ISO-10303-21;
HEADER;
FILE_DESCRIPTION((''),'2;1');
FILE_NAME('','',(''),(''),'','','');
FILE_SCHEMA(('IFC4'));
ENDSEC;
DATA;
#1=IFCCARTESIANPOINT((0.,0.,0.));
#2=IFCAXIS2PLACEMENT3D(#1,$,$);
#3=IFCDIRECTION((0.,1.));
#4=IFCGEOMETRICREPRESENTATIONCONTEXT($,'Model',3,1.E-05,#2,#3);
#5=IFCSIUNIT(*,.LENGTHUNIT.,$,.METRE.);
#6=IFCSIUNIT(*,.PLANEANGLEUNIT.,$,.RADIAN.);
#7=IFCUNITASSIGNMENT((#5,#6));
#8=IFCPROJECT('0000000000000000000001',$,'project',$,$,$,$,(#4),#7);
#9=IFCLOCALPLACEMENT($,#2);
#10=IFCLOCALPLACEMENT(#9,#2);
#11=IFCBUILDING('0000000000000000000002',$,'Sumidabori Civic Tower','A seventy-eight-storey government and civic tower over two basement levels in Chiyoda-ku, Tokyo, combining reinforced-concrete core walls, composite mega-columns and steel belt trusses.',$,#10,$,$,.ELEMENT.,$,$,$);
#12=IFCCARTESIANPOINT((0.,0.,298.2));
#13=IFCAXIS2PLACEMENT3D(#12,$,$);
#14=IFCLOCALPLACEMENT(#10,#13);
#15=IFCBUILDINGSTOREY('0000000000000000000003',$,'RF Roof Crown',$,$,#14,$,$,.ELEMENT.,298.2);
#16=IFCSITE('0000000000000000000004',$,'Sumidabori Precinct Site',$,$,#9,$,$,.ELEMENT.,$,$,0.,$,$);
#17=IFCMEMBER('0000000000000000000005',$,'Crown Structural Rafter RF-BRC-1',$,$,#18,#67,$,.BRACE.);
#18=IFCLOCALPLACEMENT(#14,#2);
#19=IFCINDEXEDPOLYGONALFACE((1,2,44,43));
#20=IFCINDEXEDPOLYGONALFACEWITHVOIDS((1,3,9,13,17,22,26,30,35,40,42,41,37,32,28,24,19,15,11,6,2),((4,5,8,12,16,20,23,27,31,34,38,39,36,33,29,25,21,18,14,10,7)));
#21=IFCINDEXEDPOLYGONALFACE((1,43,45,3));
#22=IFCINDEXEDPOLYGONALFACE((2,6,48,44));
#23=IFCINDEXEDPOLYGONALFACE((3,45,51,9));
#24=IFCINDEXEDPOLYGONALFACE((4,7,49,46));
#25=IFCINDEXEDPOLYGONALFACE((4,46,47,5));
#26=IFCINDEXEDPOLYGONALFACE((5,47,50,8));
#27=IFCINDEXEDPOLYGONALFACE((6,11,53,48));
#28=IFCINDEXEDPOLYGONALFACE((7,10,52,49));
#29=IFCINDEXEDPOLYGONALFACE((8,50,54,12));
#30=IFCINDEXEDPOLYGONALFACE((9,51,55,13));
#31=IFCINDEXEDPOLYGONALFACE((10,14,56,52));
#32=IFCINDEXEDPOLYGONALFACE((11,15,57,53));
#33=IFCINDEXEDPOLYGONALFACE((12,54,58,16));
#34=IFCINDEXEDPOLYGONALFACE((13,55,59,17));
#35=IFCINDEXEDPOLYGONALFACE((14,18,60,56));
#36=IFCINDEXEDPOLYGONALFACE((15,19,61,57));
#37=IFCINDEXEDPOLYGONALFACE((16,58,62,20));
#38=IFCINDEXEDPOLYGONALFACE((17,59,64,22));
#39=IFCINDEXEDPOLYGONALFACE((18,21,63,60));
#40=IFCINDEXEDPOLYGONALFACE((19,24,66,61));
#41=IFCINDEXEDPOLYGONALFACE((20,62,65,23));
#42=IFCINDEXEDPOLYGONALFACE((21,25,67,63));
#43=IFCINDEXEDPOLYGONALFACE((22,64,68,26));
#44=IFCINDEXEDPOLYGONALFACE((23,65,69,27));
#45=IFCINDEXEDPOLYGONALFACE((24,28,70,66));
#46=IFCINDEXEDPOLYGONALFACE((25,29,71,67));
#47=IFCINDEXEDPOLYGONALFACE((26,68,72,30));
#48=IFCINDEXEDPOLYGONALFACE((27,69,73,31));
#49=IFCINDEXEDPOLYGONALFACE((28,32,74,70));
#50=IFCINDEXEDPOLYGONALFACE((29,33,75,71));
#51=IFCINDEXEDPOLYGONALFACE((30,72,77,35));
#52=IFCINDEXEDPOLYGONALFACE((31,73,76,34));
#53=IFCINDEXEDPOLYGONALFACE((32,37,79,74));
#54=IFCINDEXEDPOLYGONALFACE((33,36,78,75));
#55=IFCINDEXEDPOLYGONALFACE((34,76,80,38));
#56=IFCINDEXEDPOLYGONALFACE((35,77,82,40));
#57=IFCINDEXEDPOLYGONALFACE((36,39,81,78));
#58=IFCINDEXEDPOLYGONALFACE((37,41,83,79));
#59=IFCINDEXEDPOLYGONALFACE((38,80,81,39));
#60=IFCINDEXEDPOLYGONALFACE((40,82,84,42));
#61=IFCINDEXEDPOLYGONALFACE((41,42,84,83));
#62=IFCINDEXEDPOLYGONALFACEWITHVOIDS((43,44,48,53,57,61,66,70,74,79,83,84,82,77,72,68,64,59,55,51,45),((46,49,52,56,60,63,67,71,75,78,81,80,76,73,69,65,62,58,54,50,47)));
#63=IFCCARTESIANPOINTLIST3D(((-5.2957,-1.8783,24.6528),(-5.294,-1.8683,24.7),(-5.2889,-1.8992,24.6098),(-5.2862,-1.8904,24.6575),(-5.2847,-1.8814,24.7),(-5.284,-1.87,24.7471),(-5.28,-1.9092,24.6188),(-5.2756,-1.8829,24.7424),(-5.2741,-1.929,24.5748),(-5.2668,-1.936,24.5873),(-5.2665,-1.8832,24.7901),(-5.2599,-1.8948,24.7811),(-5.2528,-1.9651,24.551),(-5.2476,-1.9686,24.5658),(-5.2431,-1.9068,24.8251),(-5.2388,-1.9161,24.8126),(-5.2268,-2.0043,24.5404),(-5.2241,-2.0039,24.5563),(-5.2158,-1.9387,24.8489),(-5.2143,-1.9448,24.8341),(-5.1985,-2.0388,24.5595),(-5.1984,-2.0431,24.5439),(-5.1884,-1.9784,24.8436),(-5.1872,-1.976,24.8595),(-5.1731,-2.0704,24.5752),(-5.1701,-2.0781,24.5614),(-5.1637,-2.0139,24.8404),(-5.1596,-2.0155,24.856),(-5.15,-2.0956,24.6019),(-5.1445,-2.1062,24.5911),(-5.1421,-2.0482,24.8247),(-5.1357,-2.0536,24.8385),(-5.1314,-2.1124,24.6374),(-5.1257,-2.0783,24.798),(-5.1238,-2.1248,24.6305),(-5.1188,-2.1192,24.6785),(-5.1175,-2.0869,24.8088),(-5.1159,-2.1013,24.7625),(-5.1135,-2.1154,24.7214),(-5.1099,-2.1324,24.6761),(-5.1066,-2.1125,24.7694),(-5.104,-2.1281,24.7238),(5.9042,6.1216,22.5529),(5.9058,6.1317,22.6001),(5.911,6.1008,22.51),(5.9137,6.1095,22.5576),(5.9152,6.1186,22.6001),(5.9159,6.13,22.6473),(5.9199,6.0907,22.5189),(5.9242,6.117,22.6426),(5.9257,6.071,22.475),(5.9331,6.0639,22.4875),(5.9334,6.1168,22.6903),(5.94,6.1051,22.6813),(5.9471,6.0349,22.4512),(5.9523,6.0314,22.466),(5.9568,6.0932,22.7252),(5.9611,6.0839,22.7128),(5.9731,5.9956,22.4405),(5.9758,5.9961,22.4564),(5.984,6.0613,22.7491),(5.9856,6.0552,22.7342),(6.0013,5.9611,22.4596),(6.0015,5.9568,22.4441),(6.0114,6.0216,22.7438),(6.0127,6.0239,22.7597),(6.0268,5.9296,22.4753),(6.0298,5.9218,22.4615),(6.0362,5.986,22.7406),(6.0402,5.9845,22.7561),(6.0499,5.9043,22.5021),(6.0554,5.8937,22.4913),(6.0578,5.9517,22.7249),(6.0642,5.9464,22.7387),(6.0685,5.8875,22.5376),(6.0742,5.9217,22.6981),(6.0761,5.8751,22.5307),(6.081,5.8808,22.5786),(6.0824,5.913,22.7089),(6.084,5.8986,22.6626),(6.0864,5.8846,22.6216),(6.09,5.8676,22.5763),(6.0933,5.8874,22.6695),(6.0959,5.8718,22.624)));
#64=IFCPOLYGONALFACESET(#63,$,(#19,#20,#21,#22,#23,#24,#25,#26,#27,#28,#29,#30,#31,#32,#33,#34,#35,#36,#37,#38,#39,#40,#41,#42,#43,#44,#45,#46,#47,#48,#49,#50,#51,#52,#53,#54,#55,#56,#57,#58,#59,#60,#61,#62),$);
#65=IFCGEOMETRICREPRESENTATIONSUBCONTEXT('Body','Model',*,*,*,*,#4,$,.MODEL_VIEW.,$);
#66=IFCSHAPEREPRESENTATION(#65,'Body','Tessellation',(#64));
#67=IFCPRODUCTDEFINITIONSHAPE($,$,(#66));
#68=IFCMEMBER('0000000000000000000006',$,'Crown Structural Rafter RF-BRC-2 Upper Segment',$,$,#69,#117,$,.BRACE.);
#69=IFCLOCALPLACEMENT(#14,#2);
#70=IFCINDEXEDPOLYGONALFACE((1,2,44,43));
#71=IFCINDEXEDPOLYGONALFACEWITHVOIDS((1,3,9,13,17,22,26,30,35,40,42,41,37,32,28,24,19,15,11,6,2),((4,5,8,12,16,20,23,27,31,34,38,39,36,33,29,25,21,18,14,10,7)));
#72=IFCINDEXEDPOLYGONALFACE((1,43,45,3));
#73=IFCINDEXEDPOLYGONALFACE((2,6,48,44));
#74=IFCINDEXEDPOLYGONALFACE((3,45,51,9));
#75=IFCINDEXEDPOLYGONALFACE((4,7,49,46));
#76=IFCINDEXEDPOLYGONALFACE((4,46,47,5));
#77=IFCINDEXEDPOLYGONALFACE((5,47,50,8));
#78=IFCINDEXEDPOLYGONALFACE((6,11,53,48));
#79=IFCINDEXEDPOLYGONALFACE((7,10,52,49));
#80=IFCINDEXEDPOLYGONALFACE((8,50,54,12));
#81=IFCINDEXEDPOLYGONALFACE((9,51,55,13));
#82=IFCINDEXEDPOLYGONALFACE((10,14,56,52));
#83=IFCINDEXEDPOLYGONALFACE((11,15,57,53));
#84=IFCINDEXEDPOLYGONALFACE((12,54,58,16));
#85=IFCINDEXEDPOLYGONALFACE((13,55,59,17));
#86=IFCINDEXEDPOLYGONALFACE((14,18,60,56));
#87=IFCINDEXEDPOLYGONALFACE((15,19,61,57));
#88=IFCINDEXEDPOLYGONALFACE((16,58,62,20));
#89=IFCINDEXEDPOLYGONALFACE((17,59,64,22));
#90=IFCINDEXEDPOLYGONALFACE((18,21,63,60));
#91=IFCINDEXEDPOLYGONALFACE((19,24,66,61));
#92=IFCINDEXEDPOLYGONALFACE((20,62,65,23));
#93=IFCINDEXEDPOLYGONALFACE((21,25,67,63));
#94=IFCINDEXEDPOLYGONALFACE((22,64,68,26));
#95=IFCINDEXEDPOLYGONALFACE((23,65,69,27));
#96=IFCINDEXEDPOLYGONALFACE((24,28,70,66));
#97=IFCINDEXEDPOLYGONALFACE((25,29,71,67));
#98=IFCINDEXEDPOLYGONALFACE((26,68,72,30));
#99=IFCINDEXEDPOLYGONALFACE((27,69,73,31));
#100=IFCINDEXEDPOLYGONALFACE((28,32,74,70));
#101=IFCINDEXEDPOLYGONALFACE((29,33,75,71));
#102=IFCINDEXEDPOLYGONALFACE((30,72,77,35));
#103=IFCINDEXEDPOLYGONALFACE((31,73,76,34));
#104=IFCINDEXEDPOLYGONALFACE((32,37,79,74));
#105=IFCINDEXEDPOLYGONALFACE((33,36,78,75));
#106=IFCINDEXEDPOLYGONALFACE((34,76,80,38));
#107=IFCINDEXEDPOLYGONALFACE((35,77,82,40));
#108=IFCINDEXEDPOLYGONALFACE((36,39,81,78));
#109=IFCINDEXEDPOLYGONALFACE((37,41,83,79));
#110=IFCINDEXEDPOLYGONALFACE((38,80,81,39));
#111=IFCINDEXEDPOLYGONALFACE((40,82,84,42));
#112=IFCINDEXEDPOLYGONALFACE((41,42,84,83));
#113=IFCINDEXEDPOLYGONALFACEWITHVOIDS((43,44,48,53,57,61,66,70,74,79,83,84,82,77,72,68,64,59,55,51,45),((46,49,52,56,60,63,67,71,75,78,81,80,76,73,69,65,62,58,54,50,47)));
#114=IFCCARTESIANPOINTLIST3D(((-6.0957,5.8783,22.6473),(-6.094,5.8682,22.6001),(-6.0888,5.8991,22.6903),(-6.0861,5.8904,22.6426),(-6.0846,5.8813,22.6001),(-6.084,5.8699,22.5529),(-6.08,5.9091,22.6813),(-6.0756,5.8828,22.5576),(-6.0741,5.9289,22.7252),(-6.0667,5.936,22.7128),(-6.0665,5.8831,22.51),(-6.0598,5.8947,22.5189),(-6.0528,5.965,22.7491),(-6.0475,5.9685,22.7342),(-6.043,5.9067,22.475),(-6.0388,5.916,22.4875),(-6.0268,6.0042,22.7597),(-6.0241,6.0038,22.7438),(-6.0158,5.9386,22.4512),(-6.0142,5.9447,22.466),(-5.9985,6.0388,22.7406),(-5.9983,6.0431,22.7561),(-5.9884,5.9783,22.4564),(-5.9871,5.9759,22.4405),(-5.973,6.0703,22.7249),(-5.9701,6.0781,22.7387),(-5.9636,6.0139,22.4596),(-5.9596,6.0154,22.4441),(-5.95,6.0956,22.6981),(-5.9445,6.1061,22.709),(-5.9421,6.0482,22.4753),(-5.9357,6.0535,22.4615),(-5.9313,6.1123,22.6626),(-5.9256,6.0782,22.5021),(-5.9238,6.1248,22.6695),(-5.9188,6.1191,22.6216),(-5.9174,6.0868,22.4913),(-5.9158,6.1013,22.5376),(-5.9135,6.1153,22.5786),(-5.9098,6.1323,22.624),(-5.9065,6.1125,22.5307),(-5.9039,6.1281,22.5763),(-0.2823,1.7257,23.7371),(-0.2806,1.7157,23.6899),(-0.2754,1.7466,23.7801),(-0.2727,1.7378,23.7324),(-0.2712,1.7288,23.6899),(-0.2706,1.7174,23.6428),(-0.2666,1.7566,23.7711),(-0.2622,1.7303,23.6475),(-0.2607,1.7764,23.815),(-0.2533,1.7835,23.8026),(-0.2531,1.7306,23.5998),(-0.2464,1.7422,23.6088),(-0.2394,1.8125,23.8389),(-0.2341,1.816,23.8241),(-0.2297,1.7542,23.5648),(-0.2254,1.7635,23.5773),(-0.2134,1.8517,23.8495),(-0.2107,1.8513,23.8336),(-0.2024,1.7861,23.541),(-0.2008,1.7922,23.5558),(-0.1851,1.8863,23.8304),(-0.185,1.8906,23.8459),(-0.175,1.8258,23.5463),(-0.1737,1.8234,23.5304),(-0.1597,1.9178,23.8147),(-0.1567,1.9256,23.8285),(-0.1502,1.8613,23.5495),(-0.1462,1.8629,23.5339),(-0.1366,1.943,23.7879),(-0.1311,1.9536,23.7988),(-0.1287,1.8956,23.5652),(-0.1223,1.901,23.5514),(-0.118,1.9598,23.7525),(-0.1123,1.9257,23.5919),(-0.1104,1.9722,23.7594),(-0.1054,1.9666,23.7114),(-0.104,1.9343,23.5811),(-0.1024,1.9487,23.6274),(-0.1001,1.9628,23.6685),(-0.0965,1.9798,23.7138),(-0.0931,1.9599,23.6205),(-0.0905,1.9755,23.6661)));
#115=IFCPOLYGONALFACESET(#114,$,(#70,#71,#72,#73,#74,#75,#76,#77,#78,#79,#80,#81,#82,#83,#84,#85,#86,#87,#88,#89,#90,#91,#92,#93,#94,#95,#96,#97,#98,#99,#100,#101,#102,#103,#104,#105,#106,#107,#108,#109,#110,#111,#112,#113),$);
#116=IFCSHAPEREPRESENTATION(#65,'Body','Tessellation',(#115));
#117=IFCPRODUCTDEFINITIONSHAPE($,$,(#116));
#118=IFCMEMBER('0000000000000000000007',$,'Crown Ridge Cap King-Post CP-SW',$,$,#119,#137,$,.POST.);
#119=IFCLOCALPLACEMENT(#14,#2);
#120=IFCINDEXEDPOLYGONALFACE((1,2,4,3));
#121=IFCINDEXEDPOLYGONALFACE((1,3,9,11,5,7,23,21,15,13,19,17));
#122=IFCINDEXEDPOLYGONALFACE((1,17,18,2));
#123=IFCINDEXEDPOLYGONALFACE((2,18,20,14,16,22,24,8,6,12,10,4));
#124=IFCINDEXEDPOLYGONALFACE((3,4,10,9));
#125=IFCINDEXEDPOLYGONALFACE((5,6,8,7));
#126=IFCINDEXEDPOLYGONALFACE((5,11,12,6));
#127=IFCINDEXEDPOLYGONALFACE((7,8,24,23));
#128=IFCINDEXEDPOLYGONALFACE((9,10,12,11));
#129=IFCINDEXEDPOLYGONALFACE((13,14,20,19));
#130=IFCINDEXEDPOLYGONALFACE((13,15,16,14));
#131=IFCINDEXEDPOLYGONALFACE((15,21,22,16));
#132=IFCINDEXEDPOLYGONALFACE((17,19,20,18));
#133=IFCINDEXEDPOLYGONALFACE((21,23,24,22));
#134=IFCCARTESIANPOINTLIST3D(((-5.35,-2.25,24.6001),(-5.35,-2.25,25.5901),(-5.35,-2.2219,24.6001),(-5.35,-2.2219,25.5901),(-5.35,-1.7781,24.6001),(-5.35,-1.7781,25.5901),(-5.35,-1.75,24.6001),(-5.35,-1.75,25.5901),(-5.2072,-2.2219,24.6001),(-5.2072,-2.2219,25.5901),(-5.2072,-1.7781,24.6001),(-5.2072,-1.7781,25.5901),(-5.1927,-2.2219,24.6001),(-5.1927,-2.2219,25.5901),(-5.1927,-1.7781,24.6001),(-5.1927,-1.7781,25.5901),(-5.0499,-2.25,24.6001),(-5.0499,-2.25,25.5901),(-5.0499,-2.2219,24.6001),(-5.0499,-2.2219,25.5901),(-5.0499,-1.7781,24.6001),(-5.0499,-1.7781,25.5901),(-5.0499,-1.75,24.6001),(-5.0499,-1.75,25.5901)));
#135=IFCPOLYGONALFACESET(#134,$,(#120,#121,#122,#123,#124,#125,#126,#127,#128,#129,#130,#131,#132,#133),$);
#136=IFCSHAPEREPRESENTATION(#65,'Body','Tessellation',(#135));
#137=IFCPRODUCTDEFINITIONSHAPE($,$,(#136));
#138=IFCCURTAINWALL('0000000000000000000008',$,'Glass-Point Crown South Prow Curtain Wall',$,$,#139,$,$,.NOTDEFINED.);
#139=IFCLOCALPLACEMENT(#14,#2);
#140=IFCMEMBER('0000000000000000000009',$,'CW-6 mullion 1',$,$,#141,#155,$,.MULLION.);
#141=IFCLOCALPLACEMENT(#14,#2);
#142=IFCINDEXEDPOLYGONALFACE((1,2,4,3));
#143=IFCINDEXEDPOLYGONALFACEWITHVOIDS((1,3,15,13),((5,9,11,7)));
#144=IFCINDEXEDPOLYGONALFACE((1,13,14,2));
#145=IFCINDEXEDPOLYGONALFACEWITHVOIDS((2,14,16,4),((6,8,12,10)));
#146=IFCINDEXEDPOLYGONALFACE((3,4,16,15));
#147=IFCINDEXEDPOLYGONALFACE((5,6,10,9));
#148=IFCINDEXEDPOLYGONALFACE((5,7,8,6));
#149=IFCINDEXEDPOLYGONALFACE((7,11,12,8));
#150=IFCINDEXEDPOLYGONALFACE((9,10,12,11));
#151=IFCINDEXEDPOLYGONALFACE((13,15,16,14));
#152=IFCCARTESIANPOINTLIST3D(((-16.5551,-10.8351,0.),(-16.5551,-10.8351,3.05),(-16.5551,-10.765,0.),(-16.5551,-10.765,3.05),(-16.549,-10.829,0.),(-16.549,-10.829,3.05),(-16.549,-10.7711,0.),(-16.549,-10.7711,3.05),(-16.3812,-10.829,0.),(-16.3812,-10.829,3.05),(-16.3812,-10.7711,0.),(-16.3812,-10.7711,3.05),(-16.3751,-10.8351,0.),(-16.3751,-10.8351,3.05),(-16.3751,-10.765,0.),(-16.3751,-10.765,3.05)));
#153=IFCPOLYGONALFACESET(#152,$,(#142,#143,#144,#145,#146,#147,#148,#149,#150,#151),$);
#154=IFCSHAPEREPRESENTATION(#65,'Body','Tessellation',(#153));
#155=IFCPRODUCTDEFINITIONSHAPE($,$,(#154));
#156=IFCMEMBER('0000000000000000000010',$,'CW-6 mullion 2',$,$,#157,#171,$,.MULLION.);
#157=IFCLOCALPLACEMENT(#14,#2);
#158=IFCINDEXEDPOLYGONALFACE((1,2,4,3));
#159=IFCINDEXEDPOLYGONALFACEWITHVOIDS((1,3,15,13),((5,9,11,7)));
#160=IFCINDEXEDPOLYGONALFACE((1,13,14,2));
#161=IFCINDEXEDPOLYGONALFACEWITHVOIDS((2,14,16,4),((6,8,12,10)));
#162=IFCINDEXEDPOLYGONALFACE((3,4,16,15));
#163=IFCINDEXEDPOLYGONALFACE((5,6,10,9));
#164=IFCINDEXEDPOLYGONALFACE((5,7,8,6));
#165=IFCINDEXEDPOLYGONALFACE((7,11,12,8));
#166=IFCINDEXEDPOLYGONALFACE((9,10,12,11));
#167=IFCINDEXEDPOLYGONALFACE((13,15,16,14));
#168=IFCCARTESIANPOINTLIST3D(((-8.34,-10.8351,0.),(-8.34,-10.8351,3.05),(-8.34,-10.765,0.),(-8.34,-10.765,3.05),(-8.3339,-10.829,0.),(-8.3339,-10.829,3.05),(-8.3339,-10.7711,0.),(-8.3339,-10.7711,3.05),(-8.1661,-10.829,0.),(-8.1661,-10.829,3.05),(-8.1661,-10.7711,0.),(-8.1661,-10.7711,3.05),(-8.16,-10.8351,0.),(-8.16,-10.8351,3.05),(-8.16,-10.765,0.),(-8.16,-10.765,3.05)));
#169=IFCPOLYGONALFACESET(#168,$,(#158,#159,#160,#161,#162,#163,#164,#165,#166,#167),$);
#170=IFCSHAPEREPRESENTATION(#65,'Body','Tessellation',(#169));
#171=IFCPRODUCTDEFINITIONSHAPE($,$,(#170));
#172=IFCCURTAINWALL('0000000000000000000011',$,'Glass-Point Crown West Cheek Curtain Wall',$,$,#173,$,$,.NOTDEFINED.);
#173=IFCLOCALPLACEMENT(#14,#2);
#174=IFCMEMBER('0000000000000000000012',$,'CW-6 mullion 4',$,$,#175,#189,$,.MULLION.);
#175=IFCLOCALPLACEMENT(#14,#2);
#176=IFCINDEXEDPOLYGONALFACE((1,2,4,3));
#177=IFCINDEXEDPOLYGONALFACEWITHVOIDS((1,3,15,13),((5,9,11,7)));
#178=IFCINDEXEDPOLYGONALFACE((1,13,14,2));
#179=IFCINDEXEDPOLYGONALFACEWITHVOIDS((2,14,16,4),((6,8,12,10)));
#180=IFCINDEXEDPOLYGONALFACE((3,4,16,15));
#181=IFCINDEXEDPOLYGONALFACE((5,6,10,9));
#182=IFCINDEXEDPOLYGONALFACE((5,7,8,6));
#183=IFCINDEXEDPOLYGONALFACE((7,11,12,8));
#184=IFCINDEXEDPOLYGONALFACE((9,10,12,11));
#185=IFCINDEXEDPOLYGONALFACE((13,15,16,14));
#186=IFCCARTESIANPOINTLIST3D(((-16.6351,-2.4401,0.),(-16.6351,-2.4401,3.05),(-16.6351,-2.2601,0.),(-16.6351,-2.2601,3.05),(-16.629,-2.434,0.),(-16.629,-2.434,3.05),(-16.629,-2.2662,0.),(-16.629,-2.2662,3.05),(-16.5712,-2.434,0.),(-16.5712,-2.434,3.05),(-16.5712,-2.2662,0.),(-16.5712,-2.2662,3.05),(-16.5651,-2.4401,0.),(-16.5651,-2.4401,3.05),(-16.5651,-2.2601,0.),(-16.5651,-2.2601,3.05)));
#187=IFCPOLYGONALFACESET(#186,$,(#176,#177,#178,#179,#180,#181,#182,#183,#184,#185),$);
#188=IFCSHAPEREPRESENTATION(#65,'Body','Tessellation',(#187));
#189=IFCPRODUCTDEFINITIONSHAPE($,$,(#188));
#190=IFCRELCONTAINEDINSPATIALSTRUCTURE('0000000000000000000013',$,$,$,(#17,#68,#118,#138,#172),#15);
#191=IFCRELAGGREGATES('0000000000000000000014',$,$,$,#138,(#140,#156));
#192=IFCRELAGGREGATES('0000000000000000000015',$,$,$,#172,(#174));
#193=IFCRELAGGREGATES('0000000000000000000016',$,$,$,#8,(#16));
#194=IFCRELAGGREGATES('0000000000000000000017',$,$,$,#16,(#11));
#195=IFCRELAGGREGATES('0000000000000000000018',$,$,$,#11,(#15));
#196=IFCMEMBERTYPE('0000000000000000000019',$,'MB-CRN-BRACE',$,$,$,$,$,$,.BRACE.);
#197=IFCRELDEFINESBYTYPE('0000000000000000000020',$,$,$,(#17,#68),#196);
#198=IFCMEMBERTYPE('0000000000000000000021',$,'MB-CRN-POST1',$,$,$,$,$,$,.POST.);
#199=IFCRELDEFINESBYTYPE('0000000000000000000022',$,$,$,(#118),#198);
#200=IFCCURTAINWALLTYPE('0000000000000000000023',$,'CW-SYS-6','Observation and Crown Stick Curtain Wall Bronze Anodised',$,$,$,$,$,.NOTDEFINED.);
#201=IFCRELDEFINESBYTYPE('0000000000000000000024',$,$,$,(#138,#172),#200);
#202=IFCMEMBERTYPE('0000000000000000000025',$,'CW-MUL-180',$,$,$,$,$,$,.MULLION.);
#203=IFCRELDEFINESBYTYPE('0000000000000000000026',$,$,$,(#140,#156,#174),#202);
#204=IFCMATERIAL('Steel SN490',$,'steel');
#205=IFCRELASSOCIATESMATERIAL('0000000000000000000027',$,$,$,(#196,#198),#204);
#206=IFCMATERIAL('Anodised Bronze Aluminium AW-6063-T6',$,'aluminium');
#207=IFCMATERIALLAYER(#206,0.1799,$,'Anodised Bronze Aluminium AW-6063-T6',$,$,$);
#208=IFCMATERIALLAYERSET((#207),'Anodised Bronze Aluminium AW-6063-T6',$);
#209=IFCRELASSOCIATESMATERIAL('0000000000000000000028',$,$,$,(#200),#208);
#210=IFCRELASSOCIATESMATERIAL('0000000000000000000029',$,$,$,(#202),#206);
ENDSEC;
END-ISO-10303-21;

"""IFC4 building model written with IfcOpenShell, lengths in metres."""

from ifc_helpers import new_model, si_unit, direction, frame, origin, origin_2d, place, context, subcontext, project, spatial, hollow_rectangle, hollow_circle, i_section, extrude, source, transform, mapped, material, layer, layer_set, material_profile, profile_set, type_object, element, aggregate, save


model = new_model("IFC4")

# Units and contexts
model_context = context("Model", 3, precision=1e-05, world=origin(), true_north=direction((0.0, 1.0)))
body_context = subcontext(model_context, "Body", "Model", "MODEL_VIEW")
ifc_project = project(units=[si_unit("LENGTHUNIT", "METRE"), si_unit("PLANEANGLEUNIT", "RADIAN")], contexts=[model_context])

# Site, building, storey
site_placement = place(None, origin())
site = spatial("IfcSite", under=ifc_project, at=site_placement, Name="Sumidabori Precinct Site", CompositionType="ELEMENT", RefElevation=0.0)
building_placement = place(site_placement, origin())
building = spatial("IfcBuilding", under=site, at=building_placement, Name="Sumidabori Civic Tower", Description="A seventy-eight-storey government and civic tower over two basement levels in Chiyoda-ku, Tokyo, combining reinforced-concrete core walls, composite mega-columns and steel belt trusses.", CompositionType="ELEMENT")
storey_placement = place(building_placement, frame((0.0, 0.0, 298.2)))
storey = spatial("IfcBuildingStorey", under=building, at=storey_placement, Name="RF Roof Crown", CompositionType="ELEMENT", Elevation=298.2)

# Members
ifc_material_1 = material(Name="Steel SN490", Category="steel")
ifc_material_profile_1 = material_profile(ifc_material_1, hollow_circle(Radius=0.1619, WallThickness=0.0161, at=origin_2d()), Name="CHS 323.9x16")
ifc_profile_set_1 = profile_set([ifc_material_profile_1], Name="Steel SN490")
member_type_1 = type_object("IfcMemberType", Name="MB-CRN-BRACE", PredefinedType="BRACE", material=ifc_profile_set_1)
shared_shape_1 = source(origin(), body_context, "Body", "SweptSolid", [
    extrude(hollow_circle(Radius=0.1619, WallThickness=0.0161, at=origin_2d()), origin(), (0.0, 0.0, 1.0), 13.9229),
])
member_1_placement = place(storey_placement, frame((-5.2, -2.0, 24.7), z_axis=(0.804424, 0.574591, -0.15082), x_axis=(-0.58124, 0.813732, 0.0)))
element("IfcMember", 1, at=member_1_placement, inside=storey, type_object=member_type_1, Name="Crown Structural Rafter RF-BRC-1", PredefinedType="BRACE", context=body_context, shape_type="MappedRepresentation", body=[
    mapped(shared_shape_1, transform((0.0, 0.0, 0.0), x_axis=(1.0, 0.0, 0.0), y_axis=(0.0, 1.0, 0.0), z_axis=(0.0, 0.0, 1.0), scale=1.0)),
])
shared_shape_2 = source(origin(), body_context, "Body", "SweptSolid", [
    extrude(hollow_circle(Radius=0.1619, WallThickness=0.0161, at=origin_2d()), origin(), (0.0, 0.0, 1.0), 7.2268),
])
member_2_placement = place(storey_placement, frame((-0.1865, 1.8474, 23.6899), z_axis=(-0.804421, 0.574601, -0.150804), x_axis=(-0.581248, -0.813727, 0.0)))
element("IfcMember", 2, at=member_2_placement, inside=storey, type_object=member_type_1, Name="Crown Structural Rafter RF-BRC-2 Upper Segment", PredefinedType="BRACE", context=body_context, shape_type="MappedRepresentation", body=[
    mapped(shared_shape_2, transform((0.0, 0.0, 0.0), x_axis=(1.0, 0.0, 0.0), y_axis=(0.0, 1.0, 0.0), z_axis=(0.0, 0.0, 1.0), scale=1.0)),
])
ifc_material_profile_2 = material_profile(ifc_material_1, i_section(OverallWidth=0.3, OverallDepth=0.5, WebThickness=0.0144, FlangeThickness=0.0281, at=origin_2d()), Name="HE 500 B")
ifc_profile_set_2 = profile_set([ifc_material_profile_2], Name="Steel SN490")
member_type_2 = type_object("IfcMemberType", Name="MB-CRN-POST1", PredefinedType="POST", material=ifc_profile_set_2)
shared_shape_3 = source(origin(), body_context, "Body", "SweptSolid", [
    extrude(i_section(OverallWidth=0.3, OverallDepth=0.5, WebThickness=0.0144, FlangeThickness=0.0281, at=origin_2d()), origin(), (0.0, 0.0, 1.0), 0.99),
])
member_3_placement = place(storey_placement, frame((-5.2, -2.0, 24.6001), z_axis=(0.0, 0.0, 1.0), x_axis=(1.0, 0.0, 0.0)))
element("IfcMember", 3, at=member_3_placement, inside=storey, type_object=member_type_2, Name="Crown Ridge Cap King-Post CP-SW", PredefinedType="POST", context=body_context, shape_type="MappedRepresentation", body=[
    mapped(shared_shape_3, transform((0.0, 0.0, 0.0), x_axis=(1.0, 0.0, 0.0), y_axis=(0.0, 1.0, 0.0), z_axis=(0.0, 0.0, 1.0), scale=1.0)),
])

# Curtain walls, members
ifc_material_2 = material(Name="Anodised Bronze Aluminium AW-6063-T6", Category="aluminium")
ifc_layer_1 = layer(ifc_material_2, 0.1799, Name="Anodised Bronze Aluminium AW-6063-T6")
ifc_layer_set_1 = layer_set([ifc_layer_1], Name="Anodised Bronze Aluminium AW-6063-T6")
curtain_wall_type = type_object("IfcCurtainWallType", Name="CW-SYS-6", Description="Observation and Crown Stick Curtain Wall Bronze Anodised", PredefinedType="NOTDEFINED", material=ifc_layer_set_1)
curtain_wall_1_placement = place(storey_placement, origin())
curtain_wall_1 = element("IfcCurtainWall", 4, at=curtain_wall_1_placement, inside=storey, type_object=curtain_wall_type, Name="Glass-Point Crown South Prow Curtain Wall", PredefinedType="NOTDEFINED")
ifc_material_profile_3 = material_profile(ifc_material_2, hollow_rectangle(XDim=0.0701, YDim=0.1799, WallThickness=0.0061, at=origin_2d()), Name="ALU MULLION 180x70")
ifc_profile_set_3 = profile_set([ifc_material_profile_3], Name="Anodised Bronze Aluminium AW-6063-T6")
member_type_3 = type_object("IfcMemberType", Name="CW-MUL-180", PredefinedType="MULLION", material=ifc_profile_set_3)
shared_shape_4 = source(origin(), body_context, "Body", "SweptSolid", [
    extrude(hollow_rectangle(XDim=0.0701, YDim=0.1799, WallThickness=0.0061, at=origin_2d()), origin(), (0.0, 0.0, 1.0), 3.05),
])
member_4_placement = place(storey_placement, frame((-16.4651, -10.8, 0.0), z_axis=(0.0, 0.0, 1.0), x_axis=(0.0, 1.0, 0.0)))
member_4 = element("IfcMember", 5, at=member_4_placement, type_object=member_type_3, Name="CW-6 mullion 1", PredefinedType="MULLION", context=body_context, shape_type="MappedRepresentation", body=[
    mapped(shared_shape_4, transform((0.0, 0.0, 0.0), x_axis=(1.0, 0.0, 0.0), y_axis=(0.0, 1.0, 0.0), z_axis=(0.0, 0.0, 1.0), scale=1.0)),
])
member_5_placement = place(storey_placement, frame((-8.25, -10.8, 0.0), z_axis=(0.0, 0.0, 1.0), x_axis=(0.0, 1.0, 0.0)))
member_5 = element("IfcMember", 6, at=member_5_placement, type_object=member_type_3, Name="CW-6 mullion 2", PredefinedType="MULLION", context=body_context, shape_type="MappedRepresentation", body=[
    mapped(shared_shape_4, transform((0.0, 0.0, 0.0), x_axis=(1.0, 0.0, 0.0), y_axis=(0.0, 1.0, 0.0), z_axis=(0.0, 0.0, 1.0), scale=1.0)),
])
curtain_wall_2_placement = place(storey_placement, origin())
curtain_wall_2 = element("IfcCurtainWall", 7, at=curtain_wall_2_placement, inside=storey, type_object=curtain_wall_type, Name="Glass-Point Crown West Cheek Curtain Wall", PredefinedType="NOTDEFINED")
member_6_placement = place(storey_placement, frame((-16.6001, -2.3501, 0.0), z_axis=(0.0, 0.0, 1.0), x_axis=(1.0, 0.0, 0.0)))
member_6 = element("IfcMember", 8, at=member_6_placement, type_object=member_type_3, Name="CW-6 mullion 4", PredefinedType="MULLION", context=body_context, shape_type="MappedRepresentation", body=[
    mapped(shared_shape_4, transform((0.0, 0.0, 0.0), x_axis=(1.0, 0.0, 0.0), y_axis=(0.0, 1.0, 0.0), z_axis=(0.0, 0.0, 1.0), scale=1.0)),
])

aggregate(curtain_wall_1, [member_4, member_5])
aggregate(curtain_wall_2, [member_6])

save(model, "model.ifc")
